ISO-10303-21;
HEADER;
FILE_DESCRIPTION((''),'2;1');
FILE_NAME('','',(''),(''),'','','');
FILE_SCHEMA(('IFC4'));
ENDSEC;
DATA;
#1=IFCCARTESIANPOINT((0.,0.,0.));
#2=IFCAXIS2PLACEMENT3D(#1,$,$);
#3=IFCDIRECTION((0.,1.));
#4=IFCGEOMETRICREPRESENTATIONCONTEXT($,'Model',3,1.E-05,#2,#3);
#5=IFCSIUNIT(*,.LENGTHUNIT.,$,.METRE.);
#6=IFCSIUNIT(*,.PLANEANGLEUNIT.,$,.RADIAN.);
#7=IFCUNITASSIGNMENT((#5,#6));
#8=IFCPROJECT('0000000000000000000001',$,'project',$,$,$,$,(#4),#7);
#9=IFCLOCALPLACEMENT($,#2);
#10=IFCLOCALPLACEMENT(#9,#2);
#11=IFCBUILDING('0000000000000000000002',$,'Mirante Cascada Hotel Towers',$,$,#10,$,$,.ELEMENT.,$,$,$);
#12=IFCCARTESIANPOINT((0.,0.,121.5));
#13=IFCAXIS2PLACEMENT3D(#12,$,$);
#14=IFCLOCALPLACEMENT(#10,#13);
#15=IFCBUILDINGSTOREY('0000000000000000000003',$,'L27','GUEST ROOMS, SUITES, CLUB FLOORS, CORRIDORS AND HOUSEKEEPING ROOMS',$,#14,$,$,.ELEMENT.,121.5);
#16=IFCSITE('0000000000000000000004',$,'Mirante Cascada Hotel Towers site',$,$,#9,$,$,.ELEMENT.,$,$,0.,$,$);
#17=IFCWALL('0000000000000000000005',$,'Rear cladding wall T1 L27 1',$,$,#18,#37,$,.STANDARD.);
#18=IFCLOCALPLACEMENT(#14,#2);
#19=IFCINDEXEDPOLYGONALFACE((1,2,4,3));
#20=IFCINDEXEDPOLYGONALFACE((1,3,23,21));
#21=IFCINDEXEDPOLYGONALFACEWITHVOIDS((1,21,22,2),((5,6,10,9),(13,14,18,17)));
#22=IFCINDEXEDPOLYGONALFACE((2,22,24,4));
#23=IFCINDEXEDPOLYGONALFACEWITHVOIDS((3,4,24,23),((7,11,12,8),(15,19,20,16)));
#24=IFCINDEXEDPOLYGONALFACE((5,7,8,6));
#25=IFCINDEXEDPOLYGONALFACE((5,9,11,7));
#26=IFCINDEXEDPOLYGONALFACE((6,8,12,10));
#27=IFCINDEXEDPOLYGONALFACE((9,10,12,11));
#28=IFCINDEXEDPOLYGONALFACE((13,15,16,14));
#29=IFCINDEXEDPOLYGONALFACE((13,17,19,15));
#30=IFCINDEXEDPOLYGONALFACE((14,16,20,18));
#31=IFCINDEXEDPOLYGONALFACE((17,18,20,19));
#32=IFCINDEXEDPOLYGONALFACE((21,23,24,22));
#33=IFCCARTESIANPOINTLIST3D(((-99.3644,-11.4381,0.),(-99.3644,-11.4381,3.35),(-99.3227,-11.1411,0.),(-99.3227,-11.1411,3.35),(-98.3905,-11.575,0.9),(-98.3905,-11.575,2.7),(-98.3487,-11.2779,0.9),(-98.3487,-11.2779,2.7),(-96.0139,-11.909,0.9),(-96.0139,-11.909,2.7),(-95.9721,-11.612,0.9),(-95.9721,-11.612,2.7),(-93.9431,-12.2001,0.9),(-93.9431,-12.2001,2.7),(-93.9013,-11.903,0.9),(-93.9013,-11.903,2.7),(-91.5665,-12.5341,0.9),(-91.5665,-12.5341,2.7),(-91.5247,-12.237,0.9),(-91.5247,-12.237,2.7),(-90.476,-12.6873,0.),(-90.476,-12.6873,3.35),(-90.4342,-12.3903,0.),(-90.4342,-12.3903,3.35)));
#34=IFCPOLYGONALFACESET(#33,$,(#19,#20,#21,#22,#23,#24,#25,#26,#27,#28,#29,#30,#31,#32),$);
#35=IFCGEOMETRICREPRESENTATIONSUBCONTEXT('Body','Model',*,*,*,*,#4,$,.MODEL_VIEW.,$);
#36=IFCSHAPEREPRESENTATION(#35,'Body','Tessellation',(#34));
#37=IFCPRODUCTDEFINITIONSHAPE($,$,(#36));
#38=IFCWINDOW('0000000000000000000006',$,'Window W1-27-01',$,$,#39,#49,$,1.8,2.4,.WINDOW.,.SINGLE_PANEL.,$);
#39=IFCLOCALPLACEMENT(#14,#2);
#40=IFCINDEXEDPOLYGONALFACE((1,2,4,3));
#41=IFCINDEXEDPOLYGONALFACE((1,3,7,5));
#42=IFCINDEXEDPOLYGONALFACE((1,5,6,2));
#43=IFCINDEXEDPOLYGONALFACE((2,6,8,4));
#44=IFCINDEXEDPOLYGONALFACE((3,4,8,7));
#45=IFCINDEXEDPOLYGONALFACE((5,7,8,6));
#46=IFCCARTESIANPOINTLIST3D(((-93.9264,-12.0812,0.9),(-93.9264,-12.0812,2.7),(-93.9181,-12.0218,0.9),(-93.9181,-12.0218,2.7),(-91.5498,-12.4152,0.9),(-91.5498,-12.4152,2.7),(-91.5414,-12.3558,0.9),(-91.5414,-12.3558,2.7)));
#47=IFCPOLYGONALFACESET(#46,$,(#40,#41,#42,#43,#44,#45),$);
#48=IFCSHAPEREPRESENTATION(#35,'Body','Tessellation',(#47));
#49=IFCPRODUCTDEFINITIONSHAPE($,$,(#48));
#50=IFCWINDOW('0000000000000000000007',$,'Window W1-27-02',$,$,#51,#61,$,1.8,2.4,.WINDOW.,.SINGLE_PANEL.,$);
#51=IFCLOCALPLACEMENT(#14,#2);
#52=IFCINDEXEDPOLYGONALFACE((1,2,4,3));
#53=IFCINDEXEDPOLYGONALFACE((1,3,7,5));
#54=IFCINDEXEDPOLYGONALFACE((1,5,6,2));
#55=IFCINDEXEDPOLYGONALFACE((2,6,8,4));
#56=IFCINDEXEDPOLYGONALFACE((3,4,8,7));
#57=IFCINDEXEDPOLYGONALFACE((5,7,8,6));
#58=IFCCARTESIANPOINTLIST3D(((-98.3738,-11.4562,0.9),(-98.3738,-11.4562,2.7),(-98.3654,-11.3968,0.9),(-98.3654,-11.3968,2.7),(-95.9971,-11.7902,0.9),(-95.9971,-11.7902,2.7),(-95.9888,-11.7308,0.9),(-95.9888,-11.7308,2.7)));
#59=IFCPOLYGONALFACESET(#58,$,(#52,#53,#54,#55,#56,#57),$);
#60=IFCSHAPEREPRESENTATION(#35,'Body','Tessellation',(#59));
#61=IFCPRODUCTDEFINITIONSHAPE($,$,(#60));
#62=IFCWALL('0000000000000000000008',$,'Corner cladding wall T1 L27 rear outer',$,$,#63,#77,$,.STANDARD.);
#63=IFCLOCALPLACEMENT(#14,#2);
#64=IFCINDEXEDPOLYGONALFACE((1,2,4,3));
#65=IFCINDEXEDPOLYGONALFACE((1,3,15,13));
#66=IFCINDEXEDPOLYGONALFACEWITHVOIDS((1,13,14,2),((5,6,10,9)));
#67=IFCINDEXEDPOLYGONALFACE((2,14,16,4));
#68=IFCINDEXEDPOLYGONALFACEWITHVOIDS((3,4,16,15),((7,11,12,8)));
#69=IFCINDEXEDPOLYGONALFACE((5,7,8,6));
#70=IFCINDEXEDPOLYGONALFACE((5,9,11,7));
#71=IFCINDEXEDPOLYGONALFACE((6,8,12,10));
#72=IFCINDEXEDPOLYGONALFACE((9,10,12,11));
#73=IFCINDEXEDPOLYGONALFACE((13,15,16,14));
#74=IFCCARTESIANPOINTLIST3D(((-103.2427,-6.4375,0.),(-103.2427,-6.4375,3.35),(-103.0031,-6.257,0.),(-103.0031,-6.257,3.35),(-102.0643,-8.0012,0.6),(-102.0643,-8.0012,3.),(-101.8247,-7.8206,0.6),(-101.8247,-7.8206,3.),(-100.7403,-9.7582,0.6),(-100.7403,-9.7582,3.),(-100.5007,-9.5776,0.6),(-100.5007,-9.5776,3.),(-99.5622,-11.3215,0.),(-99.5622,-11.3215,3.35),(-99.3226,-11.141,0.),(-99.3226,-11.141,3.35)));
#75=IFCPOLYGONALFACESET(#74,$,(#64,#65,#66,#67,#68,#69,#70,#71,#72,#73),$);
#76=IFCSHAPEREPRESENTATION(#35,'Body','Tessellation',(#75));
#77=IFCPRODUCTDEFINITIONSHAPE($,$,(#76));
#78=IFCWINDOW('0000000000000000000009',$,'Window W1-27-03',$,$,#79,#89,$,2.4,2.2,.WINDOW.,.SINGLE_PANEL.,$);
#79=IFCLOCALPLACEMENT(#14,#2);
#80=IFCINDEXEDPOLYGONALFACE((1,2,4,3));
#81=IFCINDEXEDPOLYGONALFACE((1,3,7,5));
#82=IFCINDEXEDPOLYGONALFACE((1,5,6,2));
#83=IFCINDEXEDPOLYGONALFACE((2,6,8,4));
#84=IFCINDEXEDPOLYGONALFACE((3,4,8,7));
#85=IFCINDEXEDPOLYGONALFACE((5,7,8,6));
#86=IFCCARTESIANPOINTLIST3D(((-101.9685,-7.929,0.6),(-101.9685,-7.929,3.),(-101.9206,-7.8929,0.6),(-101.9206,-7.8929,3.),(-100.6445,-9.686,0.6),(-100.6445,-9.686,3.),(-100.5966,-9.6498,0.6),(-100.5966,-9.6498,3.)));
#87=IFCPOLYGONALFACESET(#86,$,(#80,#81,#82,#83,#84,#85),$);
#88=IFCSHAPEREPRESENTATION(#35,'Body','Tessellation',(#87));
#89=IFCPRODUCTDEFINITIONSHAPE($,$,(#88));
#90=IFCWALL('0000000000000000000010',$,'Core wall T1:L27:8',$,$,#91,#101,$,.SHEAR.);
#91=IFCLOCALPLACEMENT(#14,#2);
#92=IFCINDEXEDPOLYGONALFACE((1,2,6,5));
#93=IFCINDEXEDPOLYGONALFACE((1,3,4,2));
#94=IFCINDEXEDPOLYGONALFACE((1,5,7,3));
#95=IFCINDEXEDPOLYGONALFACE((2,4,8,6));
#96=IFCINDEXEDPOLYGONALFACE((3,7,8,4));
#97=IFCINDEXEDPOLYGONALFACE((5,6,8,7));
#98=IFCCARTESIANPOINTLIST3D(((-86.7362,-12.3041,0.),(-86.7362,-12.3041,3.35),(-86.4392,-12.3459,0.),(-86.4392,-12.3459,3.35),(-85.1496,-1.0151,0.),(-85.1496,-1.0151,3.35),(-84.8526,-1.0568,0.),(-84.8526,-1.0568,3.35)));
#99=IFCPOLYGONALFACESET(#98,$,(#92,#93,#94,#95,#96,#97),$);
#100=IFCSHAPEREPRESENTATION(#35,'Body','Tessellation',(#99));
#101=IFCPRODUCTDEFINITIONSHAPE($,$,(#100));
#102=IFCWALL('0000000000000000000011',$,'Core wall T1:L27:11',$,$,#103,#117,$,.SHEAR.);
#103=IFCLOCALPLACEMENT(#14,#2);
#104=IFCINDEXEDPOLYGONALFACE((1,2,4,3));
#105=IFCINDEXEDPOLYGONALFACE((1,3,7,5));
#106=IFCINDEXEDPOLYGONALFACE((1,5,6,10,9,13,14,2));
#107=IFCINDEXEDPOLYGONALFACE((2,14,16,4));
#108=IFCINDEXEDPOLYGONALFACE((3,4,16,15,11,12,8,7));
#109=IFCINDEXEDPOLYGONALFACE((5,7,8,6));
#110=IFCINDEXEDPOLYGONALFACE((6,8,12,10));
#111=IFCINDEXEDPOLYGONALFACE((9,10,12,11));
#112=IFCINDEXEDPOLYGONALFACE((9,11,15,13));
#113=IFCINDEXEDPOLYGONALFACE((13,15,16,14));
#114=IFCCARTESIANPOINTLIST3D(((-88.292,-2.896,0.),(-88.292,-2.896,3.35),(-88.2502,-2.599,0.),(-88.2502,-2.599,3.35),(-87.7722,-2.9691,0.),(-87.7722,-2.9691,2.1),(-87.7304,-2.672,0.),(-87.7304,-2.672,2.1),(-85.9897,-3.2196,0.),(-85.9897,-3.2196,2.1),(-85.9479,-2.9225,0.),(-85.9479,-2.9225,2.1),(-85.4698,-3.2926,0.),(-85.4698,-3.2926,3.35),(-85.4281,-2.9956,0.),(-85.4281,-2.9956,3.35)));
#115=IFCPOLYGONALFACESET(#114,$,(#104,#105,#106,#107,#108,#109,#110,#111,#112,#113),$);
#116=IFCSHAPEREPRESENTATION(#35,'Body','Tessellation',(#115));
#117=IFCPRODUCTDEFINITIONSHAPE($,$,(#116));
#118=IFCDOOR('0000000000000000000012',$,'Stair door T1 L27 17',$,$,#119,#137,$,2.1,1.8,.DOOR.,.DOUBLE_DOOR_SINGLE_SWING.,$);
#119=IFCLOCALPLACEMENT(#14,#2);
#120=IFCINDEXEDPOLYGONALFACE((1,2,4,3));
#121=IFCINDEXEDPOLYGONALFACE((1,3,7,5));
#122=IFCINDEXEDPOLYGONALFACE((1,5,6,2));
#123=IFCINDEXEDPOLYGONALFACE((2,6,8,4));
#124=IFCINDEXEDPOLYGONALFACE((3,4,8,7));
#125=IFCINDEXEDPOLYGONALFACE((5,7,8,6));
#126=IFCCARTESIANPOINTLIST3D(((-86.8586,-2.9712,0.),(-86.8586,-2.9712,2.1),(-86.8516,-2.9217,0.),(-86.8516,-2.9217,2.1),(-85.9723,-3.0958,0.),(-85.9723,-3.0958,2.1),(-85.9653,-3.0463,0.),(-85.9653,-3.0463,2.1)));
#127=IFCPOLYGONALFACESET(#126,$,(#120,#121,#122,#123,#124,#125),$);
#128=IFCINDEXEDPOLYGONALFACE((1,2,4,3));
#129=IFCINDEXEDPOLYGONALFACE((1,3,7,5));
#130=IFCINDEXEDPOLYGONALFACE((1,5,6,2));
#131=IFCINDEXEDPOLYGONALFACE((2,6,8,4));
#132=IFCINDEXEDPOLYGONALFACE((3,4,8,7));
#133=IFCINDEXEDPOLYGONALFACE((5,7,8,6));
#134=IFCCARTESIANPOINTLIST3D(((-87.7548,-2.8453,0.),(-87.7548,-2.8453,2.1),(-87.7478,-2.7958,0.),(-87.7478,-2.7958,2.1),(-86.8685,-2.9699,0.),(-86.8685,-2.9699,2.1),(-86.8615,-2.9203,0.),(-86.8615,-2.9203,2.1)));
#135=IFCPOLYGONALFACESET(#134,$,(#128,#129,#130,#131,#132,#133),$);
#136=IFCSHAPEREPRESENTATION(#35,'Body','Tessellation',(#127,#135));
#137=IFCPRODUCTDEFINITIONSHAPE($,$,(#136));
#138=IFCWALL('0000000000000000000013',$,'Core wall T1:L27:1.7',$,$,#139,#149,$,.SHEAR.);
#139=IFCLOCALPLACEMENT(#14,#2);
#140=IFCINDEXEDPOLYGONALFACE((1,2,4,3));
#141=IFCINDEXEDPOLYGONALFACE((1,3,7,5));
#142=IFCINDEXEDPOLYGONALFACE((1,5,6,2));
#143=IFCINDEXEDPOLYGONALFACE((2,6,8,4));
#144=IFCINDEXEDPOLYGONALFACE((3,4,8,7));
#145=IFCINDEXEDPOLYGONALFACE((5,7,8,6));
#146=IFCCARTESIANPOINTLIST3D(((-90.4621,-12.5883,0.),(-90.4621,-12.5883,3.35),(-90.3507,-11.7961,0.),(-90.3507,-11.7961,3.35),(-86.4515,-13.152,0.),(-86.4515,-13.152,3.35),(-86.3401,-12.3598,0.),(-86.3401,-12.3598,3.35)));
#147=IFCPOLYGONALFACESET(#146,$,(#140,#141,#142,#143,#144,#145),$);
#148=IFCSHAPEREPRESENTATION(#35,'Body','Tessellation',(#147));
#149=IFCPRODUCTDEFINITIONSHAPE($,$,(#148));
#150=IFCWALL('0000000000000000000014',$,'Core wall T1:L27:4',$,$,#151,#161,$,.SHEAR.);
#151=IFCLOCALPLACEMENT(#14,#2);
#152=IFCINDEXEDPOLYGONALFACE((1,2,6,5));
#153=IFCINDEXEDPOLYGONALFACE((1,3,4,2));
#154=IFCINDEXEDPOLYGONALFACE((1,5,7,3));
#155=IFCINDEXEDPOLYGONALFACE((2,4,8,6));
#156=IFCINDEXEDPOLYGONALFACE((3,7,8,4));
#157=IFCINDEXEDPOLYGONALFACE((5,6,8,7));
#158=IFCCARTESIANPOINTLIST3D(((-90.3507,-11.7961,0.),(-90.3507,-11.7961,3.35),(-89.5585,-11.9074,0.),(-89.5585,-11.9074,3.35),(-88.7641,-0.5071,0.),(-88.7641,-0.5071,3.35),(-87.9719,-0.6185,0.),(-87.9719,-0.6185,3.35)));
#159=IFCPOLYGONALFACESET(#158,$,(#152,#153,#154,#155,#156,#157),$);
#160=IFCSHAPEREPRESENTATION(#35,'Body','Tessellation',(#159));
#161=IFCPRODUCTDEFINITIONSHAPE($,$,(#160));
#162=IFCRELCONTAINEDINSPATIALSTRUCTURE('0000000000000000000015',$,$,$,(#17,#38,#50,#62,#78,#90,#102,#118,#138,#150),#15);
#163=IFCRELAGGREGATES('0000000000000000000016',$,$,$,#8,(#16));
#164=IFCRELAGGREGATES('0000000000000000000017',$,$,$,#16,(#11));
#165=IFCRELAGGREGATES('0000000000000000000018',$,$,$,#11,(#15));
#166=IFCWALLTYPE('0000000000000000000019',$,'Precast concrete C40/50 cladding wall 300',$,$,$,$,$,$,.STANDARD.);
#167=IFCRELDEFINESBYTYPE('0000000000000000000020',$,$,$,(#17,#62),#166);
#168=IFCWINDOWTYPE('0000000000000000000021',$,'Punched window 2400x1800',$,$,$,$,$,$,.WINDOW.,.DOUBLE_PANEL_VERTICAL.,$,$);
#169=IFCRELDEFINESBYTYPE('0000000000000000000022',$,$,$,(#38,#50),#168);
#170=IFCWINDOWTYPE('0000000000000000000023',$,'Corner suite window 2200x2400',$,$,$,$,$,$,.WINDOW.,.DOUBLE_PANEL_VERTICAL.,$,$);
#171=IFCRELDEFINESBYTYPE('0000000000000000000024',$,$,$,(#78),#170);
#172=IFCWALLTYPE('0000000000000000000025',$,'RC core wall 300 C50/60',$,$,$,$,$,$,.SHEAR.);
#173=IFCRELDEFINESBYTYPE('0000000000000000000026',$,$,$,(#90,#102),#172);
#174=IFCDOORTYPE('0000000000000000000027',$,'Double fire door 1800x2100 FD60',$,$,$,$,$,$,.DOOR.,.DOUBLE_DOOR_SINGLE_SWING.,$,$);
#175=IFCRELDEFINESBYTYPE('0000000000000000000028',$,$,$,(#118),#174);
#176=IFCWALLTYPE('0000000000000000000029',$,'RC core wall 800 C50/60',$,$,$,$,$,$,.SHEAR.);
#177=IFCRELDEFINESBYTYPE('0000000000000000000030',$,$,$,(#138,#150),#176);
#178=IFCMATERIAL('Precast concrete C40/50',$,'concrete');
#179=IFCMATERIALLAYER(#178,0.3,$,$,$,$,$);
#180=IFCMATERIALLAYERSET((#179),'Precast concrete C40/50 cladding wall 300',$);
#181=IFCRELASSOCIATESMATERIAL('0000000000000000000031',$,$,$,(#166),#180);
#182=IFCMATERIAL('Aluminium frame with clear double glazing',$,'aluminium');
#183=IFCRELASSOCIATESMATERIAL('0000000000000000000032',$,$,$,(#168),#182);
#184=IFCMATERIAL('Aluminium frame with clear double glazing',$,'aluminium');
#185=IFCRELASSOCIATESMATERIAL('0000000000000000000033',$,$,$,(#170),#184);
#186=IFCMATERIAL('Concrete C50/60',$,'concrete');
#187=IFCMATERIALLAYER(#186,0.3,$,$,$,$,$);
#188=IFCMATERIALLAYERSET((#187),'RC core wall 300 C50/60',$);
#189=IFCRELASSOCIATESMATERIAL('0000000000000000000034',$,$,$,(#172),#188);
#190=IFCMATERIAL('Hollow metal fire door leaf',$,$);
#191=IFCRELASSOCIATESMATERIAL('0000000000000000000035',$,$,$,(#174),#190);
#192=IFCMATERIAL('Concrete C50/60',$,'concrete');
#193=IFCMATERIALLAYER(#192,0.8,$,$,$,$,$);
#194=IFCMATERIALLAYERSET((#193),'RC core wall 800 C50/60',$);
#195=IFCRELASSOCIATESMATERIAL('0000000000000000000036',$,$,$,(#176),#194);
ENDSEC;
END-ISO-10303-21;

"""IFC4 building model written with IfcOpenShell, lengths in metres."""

from ifc_helpers import new_model, si_unit, direction, frame, frame_2d, origin, place, context, subcontext, project, spatial, rectangle, extrude, material, layer, layer_set, type_object, element, fill, save


model = new_model("IFC4")

# Units and contexts
model_context = context("Model", 3, precision=1e-05, world=origin(), true_north=direction((0.0, 1.0)))
body_context = subcontext(model_context, "Body", "Model", "MODEL_VIEW")
ifc_project = project(units=[si_unit("LENGTHUNIT", "METRE"), si_unit("PLANEANGLEUNIT", "RADIAN")], contexts=[model_context])

# Site, building, storey
site_placement = place(None, origin())
site = spatial("IfcSite", under=ifc_project, at=site_placement, Name="Mirante Cascada Hotel Towers site", CompositionType="ELEMENT", RefElevation=0.0)
building_placement = place(site_placement, origin())
building = spatial("IfcBuilding", under=site, at=building_placement, Name="Mirante Cascada Hotel Towers", CompositionType="ELEMENT")
storey_placement = place(building_placement, frame((0.0, 0.0, 121.5)))
storey = spatial("IfcBuildingStorey", under=building, at=storey_placement, Name="L27", Description="GUEST ROOMS, SUITES, CLUB FLOORS, CORRIDORS AND HOUSEKEEPING ROOMS", CompositionType="ELEMENT", Elevation=121.5)

# Wall, openings, windows
ifc_material_1 = material(Name="Precast concrete C40/50", Category="concrete")
ifc_layer_1 = layer(ifc_material_1, 0.3)
ifc_layer_set_1 = layer_set([ifc_layer_1], Name="Precast concrete C40/50 cladding wall 300")
wall_type_1 = type_object("IfcWallType", Name="Precast concrete C40/50 cladding wall 300", PredefinedType="STANDARD", material=ifc_layer_set_1)
wall_1_placement = place(storey_placement, frame((-90.4551, -12.5388, 0.0), z_axis=(0.0, 0.0, 1.0), x_axis=(-0.990268, 0.139175, 0.0)))
wall_1 = element("IfcWall", 1, at=wall_1_placement, inside=storey, type_object=wall_type_1, Name="Rear cladding wall T1 L27 1", PredefinedType="STANDARD", context=body_context, shape_type="SweptSolid", body=[
    extrude(rectangle(XDim=8.9758, YDim=0.3, at=frame_2d((4.4879, 0.0))), origin(), (0.0, 0.0, 1.0), 3.35),
])
opening_1_placement = place(wall_1_placement, frame((1.1012, 0.0, 0.9)))
opening_1 = element("IfcOpeningElement", 2, at=opening_1_placement, cuts=wall_1, PredefinedType="OPENING", context=body_context, shape_type="SweptSolid", body=[
    extrude(rectangle(XDim=2.4, YDim=1.8, at=frame_2d((1.2, 0.9))), frame((0.0, 0.15, 0.0), z_axis=(0.0, -1.0, 0.0), x_axis=(1.0, 0.0, 0.0)), (0.0, 0.0, 1.0), 0.3),
])
opening_2_placement = place(wall_1_placement, frame((5.5923, 0.0, 0.9)))
opening_2 = element("IfcOpeningElement", 3, at=opening_2_placement, cuts=wall_1, PredefinedType="OPENING", context=body_context, shape_type="SweptSolid", body=[
    extrude(rectangle(XDim=2.4, YDim=1.8, at=frame_2d((1.2, 0.9))), frame((0.0, 0.15, 0.0), z_axis=(0.0, -1.0, 0.0), x_axis=(1.0, 0.0, 0.0)), (0.0, 0.0, 1.0), 0.3),
])
ifc_material_2 = material(Name="Aluminium frame with clear double glazing", Category="aluminium")
window_type_1 = type_object("IfcWindowType", Name="Punched window 2400x1800", PartitioningType="DOUBLE_PANEL_VERTICAL", PredefinedType="WINDOW", material=ifc_material_2)
window_1_placement = place(opening_1_placement, origin())
window_1 = element("IfcWindow", 4, at=window_1_placement, inside=storey, type_object=window_type_1, Name="Window W1-27-01", OverallHeight=1.8, OverallWidth=2.4, PartitioningType="SINGLE_PANEL", PredefinedType="WINDOW", context=body_context, shape_type="SweptSolid", body=[
    extrude(rectangle(XDim=2.4, YDim=1.8, at=frame_2d((1.2, 0.9))), frame((0.0, 0.03, 0.0), z_axis=(0.0, -1.0, 0.0), x_axis=(1.0, 0.0, 0.0)), (0.0, 0.0, 1.0), 0.06),
])
fill(opening_1, window_1)
window_2_placement = place(opening_2_placement, origin())
window_2 = element("IfcWindow", 5, at=window_2_placement, inside=storey, type_object=window_type_1, Name="Window W1-27-02", OverallHeight=1.8, OverallWidth=2.4, PartitioningType="SINGLE_PANEL", PredefinedType="WINDOW", context=body_context, shape_type="SweptSolid", body=[
    extrude(rectangle(XDim=2.4, YDim=1.8, at=frame_2d((1.2, 0.9))), frame((0.0, 0.03, 0.0), z_axis=(0.0, -1.0, 0.0), x_axis=(1.0, 0.0, 0.0)), (0.0, 0.0, 1.0), 0.06),
])
fill(opening_2, window_2)

# Wall, opening, window
wall_2_placement = place(storey_placement, frame((-99.4424, -11.2313, 0.0), z_axis=(0.0, 0.0, 1.0), x_axis=(-0.601819, 0.798632, 0.0)))
wall_2 = element("IfcWall", 6, at=wall_2_placement, inside=storey, type_object=wall_type_1, Name="Corner cladding wall T1 L27 rear outer", PredefinedType="STANDARD", context=body_context, shape_type="SweptSolid", body=[
    extrude(rectangle(XDim=6.1155, YDim=0.3, at=frame_2d((3.0578, 0.0))), origin(), (0.0, 0.0, 1.0), 3.35),
])
opening_3_placement = place(wall_2_placement, frame((1.9576, 0.0, 0.6)))
opening_3 = element("IfcOpeningElement", 7, at=opening_3_placement, cuts=wall_2, PredefinedType="OPENING", context=body_context, shape_type="SweptSolid", body=[
    extrude(rectangle(XDim=2.2, YDim=2.4, at=frame_2d((1.1, 1.2))), frame((0.0, 0.15, 0.0), z_axis=(0.0, -1.0, 0.0), x_axis=(1.0, 0.0, 0.0)), (0.0, 0.0, 1.0), 0.3),
])
ifc_material_3 = material(Name="Aluminium frame with clear double glazing", Category="aluminium")
window_type_2 = type_object("IfcWindowType", Name="Corner suite window 2200x2400", PartitioningType="DOUBLE_PANEL_VERTICAL", PredefinedType="WINDOW", material=ifc_material_3)
window_3_placement = place(opening_3_placement, origin())
window_3 = element("IfcWindow", 8, at=window_3_placement, inside=storey, type_object=window_type_2, Name="Window W1-27-03", OverallHeight=2.4, OverallWidth=2.2, PartitioningType="SINGLE_PANEL", PredefinedType="WINDOW", context=body_context, shape_type="SweptSolid", body=[
    extrude(rectangle(XDim=2.2, YDim=2.4, at=frame_2d((1.1, 1.2))), frame((0.0, 0.03, 0.0), z_axis=(0.0, -1.0, 0.0), x_axis=(1.0, 0.0, 0.0)), (0.0, 0.0, 1.0), 0.06),
])
fill(opening_3, window_3)

# Wall
ifc_material_4 = material(Name="Concrete C50/60", Category="concrete")
ifc_layer_2 = layer(ifc_material_4, 0.3)
ifc_layer_set_2 = layer_set([ifc_layer_2], Name="RC core wall 300 C50/60")
wall_type_2 = type_object("IfcWallType", Name="RC core wall 300 C50/60", PredefinedType="SHEAR", material=ifc_layer_set_2)
wall_3_placement = place(storey_placement, frame((-86.5877, -12.325, 0.0), z_axis=(0.0, 0.0, 1.0), x_axis=(0.139175, 0.990268, 0.0)))
element("IfcWall", 9, at=wall_3_placement, inside=storey, type_object=wall_type_2, Name="Core wall T1:L27:8", PredefinedType="SHEAR", context=body_context, shape_type="SweptSolid", body=[
    extrude(rectangle(XDim=11.4, YDim=0.3, at=frame_2d((5.7, 0.0))), origin(), (0.0, 0.0, 1.0), 3.35),
])

# Wall, opening, door
wall_4_placement = place(storey_placement, frame((-85.4489, -3.1441, 0.0), z_axis=(0.0, 0.0, 1.0), x_axis=(-0.99027, 0.139161, 0.0)))
wall_4 = element("IfcWall", 10, at=wall_4_placement, inside=storey, type_object=wall_type_2, Name="Core wall T1:L27:11", PredefinedType="SHEAR", context=body_context, shape_type="SweptSolid", body=[
    extrude(rectangle(XDim=2.8499, YDim=0.3, at=frame_2d((1.425, 0.0))), origin(), (0.0, 0.0, 1.0), 3.35),
])
opening_4_placement = place(wall_4_placement, frame((0.525, 0.0, 0.0)))
opening_4 = element("IfcOpeningElement", 11, at=opening_4_placement, cuts=wall_4, PredefinedType="OPENING", context=body_context, shape_type="SweptSolid", body=[
    extrude(rectangle(XDim=1.8, YDim=2.1, at=frame_2d((0.9, 1.05))), frame((0.0, 0.15, 0.0), z_axis=(0.0, -1.0, 0.0), x_axis=(1.0, 0.0, 0.0)), (0.0, 0.0, 1.0), 0.3),
])
ifc_material_5 = material(Name="Hollow metal fire door leaf")
door_type_1 = type_object("IfcDoorType", Name="Double fire door 1800x2100 FD60", OperationType="DOUBLE_DOOR_SINGLE_SWING", PredefinedType="DOOR", material=ifc_material_5)
door_1_placement = place(opening_4_placement, origin())
door_1 = element("IfcDoor", 12, at=door_1_placement, inside=storey, type_object=door_type_1, Name="Stair door T1 L27 17", OperationType="DOUBLE_DOOR_SINGLE_SWING", OverallHeight=2.1, OverallWidth=1.8, PredefinedType="DOOR", context=body_context, shape_type="SweptSolid", body=[
    extrude(rectangle(XDim=0.895, YDim=2.1, at=frame_2d((0.4475, 1.05))), frame((0.0, 0.025, 0.0), z_axis=(0.0, -1.0, 0.0), x_axis=(1.0, 0.0, 0.0)), (0.0, 0.0, 1.0), 0.05),
    extrude(rectangle(XDim=0.895, YDim=2.1, at=frame_2d((1.3525, 1.05))), frame((0.0, 0.025, 0.0), z_axis=(0.0, -1.0, 0.0), x_axis=(1.0, 0.0, 0.0)), (0.0, 0.0, 1.0), 0.05),
])
fill(opening_4, door_1)

# Walls
ifc_material_6 = material(Name="Concrete C50/60", Category="concrete")
ifc_layer_3 = layer(ifc_material_6, 0.8)
ifc_layer_set_3 = layer_set([ifc_layer_3], Name="RC core wall 800 C50/60")
wall_type_3 = type_object("IfcWallType", Name="RC core wall 800 C50/60", PredefinedType="SHEAR", material=ifc_layer_set_3)
wall_5_placement = place(storey_placement, frame((-86.3958, -12.7559, 0.0), z_axis=(0.0, 0.0, 1.0), x_axis=(-0.990267, 0.139184, 0.0)))
element("IfcWall", 13, at=wall_5_placement, inside=storey, type_object=wall_type_3, Name="Core wall T1:L27:1.7", PredefinedType="SHEAR", context=body_context, shape_type="SweptSolid", body=[
    extrude(rectangle(XDim=4.05, YDim=0.8, at=frame_2d((2.025, 0.0))), origin(), (0.0, 0.0, 1.0), 3.35),
])
wall_6_placement = place(storey_placement, frame((-89.9546, -11.8518, 0.0), z_axis=(0.0, 0.0, 1.0), x_axis=(0.139176, 0.990268, 0.0)))
element("IfcWall", 14, at=wall_6_placement, inside=storey, type_object=wall_type_3, Name="Core wall T1:L27:4", PredefinedType="SHEAR", context=body_context, shape_type="SweptSolid", body=[
    extrude(rectangle(XDim=11.3999, YDim=0.8, at=frame_2d((5.7, 0.0))), origin(), (0.0, 0.0, 1.0), 3.35),
])

save(model, "model.ifc")
